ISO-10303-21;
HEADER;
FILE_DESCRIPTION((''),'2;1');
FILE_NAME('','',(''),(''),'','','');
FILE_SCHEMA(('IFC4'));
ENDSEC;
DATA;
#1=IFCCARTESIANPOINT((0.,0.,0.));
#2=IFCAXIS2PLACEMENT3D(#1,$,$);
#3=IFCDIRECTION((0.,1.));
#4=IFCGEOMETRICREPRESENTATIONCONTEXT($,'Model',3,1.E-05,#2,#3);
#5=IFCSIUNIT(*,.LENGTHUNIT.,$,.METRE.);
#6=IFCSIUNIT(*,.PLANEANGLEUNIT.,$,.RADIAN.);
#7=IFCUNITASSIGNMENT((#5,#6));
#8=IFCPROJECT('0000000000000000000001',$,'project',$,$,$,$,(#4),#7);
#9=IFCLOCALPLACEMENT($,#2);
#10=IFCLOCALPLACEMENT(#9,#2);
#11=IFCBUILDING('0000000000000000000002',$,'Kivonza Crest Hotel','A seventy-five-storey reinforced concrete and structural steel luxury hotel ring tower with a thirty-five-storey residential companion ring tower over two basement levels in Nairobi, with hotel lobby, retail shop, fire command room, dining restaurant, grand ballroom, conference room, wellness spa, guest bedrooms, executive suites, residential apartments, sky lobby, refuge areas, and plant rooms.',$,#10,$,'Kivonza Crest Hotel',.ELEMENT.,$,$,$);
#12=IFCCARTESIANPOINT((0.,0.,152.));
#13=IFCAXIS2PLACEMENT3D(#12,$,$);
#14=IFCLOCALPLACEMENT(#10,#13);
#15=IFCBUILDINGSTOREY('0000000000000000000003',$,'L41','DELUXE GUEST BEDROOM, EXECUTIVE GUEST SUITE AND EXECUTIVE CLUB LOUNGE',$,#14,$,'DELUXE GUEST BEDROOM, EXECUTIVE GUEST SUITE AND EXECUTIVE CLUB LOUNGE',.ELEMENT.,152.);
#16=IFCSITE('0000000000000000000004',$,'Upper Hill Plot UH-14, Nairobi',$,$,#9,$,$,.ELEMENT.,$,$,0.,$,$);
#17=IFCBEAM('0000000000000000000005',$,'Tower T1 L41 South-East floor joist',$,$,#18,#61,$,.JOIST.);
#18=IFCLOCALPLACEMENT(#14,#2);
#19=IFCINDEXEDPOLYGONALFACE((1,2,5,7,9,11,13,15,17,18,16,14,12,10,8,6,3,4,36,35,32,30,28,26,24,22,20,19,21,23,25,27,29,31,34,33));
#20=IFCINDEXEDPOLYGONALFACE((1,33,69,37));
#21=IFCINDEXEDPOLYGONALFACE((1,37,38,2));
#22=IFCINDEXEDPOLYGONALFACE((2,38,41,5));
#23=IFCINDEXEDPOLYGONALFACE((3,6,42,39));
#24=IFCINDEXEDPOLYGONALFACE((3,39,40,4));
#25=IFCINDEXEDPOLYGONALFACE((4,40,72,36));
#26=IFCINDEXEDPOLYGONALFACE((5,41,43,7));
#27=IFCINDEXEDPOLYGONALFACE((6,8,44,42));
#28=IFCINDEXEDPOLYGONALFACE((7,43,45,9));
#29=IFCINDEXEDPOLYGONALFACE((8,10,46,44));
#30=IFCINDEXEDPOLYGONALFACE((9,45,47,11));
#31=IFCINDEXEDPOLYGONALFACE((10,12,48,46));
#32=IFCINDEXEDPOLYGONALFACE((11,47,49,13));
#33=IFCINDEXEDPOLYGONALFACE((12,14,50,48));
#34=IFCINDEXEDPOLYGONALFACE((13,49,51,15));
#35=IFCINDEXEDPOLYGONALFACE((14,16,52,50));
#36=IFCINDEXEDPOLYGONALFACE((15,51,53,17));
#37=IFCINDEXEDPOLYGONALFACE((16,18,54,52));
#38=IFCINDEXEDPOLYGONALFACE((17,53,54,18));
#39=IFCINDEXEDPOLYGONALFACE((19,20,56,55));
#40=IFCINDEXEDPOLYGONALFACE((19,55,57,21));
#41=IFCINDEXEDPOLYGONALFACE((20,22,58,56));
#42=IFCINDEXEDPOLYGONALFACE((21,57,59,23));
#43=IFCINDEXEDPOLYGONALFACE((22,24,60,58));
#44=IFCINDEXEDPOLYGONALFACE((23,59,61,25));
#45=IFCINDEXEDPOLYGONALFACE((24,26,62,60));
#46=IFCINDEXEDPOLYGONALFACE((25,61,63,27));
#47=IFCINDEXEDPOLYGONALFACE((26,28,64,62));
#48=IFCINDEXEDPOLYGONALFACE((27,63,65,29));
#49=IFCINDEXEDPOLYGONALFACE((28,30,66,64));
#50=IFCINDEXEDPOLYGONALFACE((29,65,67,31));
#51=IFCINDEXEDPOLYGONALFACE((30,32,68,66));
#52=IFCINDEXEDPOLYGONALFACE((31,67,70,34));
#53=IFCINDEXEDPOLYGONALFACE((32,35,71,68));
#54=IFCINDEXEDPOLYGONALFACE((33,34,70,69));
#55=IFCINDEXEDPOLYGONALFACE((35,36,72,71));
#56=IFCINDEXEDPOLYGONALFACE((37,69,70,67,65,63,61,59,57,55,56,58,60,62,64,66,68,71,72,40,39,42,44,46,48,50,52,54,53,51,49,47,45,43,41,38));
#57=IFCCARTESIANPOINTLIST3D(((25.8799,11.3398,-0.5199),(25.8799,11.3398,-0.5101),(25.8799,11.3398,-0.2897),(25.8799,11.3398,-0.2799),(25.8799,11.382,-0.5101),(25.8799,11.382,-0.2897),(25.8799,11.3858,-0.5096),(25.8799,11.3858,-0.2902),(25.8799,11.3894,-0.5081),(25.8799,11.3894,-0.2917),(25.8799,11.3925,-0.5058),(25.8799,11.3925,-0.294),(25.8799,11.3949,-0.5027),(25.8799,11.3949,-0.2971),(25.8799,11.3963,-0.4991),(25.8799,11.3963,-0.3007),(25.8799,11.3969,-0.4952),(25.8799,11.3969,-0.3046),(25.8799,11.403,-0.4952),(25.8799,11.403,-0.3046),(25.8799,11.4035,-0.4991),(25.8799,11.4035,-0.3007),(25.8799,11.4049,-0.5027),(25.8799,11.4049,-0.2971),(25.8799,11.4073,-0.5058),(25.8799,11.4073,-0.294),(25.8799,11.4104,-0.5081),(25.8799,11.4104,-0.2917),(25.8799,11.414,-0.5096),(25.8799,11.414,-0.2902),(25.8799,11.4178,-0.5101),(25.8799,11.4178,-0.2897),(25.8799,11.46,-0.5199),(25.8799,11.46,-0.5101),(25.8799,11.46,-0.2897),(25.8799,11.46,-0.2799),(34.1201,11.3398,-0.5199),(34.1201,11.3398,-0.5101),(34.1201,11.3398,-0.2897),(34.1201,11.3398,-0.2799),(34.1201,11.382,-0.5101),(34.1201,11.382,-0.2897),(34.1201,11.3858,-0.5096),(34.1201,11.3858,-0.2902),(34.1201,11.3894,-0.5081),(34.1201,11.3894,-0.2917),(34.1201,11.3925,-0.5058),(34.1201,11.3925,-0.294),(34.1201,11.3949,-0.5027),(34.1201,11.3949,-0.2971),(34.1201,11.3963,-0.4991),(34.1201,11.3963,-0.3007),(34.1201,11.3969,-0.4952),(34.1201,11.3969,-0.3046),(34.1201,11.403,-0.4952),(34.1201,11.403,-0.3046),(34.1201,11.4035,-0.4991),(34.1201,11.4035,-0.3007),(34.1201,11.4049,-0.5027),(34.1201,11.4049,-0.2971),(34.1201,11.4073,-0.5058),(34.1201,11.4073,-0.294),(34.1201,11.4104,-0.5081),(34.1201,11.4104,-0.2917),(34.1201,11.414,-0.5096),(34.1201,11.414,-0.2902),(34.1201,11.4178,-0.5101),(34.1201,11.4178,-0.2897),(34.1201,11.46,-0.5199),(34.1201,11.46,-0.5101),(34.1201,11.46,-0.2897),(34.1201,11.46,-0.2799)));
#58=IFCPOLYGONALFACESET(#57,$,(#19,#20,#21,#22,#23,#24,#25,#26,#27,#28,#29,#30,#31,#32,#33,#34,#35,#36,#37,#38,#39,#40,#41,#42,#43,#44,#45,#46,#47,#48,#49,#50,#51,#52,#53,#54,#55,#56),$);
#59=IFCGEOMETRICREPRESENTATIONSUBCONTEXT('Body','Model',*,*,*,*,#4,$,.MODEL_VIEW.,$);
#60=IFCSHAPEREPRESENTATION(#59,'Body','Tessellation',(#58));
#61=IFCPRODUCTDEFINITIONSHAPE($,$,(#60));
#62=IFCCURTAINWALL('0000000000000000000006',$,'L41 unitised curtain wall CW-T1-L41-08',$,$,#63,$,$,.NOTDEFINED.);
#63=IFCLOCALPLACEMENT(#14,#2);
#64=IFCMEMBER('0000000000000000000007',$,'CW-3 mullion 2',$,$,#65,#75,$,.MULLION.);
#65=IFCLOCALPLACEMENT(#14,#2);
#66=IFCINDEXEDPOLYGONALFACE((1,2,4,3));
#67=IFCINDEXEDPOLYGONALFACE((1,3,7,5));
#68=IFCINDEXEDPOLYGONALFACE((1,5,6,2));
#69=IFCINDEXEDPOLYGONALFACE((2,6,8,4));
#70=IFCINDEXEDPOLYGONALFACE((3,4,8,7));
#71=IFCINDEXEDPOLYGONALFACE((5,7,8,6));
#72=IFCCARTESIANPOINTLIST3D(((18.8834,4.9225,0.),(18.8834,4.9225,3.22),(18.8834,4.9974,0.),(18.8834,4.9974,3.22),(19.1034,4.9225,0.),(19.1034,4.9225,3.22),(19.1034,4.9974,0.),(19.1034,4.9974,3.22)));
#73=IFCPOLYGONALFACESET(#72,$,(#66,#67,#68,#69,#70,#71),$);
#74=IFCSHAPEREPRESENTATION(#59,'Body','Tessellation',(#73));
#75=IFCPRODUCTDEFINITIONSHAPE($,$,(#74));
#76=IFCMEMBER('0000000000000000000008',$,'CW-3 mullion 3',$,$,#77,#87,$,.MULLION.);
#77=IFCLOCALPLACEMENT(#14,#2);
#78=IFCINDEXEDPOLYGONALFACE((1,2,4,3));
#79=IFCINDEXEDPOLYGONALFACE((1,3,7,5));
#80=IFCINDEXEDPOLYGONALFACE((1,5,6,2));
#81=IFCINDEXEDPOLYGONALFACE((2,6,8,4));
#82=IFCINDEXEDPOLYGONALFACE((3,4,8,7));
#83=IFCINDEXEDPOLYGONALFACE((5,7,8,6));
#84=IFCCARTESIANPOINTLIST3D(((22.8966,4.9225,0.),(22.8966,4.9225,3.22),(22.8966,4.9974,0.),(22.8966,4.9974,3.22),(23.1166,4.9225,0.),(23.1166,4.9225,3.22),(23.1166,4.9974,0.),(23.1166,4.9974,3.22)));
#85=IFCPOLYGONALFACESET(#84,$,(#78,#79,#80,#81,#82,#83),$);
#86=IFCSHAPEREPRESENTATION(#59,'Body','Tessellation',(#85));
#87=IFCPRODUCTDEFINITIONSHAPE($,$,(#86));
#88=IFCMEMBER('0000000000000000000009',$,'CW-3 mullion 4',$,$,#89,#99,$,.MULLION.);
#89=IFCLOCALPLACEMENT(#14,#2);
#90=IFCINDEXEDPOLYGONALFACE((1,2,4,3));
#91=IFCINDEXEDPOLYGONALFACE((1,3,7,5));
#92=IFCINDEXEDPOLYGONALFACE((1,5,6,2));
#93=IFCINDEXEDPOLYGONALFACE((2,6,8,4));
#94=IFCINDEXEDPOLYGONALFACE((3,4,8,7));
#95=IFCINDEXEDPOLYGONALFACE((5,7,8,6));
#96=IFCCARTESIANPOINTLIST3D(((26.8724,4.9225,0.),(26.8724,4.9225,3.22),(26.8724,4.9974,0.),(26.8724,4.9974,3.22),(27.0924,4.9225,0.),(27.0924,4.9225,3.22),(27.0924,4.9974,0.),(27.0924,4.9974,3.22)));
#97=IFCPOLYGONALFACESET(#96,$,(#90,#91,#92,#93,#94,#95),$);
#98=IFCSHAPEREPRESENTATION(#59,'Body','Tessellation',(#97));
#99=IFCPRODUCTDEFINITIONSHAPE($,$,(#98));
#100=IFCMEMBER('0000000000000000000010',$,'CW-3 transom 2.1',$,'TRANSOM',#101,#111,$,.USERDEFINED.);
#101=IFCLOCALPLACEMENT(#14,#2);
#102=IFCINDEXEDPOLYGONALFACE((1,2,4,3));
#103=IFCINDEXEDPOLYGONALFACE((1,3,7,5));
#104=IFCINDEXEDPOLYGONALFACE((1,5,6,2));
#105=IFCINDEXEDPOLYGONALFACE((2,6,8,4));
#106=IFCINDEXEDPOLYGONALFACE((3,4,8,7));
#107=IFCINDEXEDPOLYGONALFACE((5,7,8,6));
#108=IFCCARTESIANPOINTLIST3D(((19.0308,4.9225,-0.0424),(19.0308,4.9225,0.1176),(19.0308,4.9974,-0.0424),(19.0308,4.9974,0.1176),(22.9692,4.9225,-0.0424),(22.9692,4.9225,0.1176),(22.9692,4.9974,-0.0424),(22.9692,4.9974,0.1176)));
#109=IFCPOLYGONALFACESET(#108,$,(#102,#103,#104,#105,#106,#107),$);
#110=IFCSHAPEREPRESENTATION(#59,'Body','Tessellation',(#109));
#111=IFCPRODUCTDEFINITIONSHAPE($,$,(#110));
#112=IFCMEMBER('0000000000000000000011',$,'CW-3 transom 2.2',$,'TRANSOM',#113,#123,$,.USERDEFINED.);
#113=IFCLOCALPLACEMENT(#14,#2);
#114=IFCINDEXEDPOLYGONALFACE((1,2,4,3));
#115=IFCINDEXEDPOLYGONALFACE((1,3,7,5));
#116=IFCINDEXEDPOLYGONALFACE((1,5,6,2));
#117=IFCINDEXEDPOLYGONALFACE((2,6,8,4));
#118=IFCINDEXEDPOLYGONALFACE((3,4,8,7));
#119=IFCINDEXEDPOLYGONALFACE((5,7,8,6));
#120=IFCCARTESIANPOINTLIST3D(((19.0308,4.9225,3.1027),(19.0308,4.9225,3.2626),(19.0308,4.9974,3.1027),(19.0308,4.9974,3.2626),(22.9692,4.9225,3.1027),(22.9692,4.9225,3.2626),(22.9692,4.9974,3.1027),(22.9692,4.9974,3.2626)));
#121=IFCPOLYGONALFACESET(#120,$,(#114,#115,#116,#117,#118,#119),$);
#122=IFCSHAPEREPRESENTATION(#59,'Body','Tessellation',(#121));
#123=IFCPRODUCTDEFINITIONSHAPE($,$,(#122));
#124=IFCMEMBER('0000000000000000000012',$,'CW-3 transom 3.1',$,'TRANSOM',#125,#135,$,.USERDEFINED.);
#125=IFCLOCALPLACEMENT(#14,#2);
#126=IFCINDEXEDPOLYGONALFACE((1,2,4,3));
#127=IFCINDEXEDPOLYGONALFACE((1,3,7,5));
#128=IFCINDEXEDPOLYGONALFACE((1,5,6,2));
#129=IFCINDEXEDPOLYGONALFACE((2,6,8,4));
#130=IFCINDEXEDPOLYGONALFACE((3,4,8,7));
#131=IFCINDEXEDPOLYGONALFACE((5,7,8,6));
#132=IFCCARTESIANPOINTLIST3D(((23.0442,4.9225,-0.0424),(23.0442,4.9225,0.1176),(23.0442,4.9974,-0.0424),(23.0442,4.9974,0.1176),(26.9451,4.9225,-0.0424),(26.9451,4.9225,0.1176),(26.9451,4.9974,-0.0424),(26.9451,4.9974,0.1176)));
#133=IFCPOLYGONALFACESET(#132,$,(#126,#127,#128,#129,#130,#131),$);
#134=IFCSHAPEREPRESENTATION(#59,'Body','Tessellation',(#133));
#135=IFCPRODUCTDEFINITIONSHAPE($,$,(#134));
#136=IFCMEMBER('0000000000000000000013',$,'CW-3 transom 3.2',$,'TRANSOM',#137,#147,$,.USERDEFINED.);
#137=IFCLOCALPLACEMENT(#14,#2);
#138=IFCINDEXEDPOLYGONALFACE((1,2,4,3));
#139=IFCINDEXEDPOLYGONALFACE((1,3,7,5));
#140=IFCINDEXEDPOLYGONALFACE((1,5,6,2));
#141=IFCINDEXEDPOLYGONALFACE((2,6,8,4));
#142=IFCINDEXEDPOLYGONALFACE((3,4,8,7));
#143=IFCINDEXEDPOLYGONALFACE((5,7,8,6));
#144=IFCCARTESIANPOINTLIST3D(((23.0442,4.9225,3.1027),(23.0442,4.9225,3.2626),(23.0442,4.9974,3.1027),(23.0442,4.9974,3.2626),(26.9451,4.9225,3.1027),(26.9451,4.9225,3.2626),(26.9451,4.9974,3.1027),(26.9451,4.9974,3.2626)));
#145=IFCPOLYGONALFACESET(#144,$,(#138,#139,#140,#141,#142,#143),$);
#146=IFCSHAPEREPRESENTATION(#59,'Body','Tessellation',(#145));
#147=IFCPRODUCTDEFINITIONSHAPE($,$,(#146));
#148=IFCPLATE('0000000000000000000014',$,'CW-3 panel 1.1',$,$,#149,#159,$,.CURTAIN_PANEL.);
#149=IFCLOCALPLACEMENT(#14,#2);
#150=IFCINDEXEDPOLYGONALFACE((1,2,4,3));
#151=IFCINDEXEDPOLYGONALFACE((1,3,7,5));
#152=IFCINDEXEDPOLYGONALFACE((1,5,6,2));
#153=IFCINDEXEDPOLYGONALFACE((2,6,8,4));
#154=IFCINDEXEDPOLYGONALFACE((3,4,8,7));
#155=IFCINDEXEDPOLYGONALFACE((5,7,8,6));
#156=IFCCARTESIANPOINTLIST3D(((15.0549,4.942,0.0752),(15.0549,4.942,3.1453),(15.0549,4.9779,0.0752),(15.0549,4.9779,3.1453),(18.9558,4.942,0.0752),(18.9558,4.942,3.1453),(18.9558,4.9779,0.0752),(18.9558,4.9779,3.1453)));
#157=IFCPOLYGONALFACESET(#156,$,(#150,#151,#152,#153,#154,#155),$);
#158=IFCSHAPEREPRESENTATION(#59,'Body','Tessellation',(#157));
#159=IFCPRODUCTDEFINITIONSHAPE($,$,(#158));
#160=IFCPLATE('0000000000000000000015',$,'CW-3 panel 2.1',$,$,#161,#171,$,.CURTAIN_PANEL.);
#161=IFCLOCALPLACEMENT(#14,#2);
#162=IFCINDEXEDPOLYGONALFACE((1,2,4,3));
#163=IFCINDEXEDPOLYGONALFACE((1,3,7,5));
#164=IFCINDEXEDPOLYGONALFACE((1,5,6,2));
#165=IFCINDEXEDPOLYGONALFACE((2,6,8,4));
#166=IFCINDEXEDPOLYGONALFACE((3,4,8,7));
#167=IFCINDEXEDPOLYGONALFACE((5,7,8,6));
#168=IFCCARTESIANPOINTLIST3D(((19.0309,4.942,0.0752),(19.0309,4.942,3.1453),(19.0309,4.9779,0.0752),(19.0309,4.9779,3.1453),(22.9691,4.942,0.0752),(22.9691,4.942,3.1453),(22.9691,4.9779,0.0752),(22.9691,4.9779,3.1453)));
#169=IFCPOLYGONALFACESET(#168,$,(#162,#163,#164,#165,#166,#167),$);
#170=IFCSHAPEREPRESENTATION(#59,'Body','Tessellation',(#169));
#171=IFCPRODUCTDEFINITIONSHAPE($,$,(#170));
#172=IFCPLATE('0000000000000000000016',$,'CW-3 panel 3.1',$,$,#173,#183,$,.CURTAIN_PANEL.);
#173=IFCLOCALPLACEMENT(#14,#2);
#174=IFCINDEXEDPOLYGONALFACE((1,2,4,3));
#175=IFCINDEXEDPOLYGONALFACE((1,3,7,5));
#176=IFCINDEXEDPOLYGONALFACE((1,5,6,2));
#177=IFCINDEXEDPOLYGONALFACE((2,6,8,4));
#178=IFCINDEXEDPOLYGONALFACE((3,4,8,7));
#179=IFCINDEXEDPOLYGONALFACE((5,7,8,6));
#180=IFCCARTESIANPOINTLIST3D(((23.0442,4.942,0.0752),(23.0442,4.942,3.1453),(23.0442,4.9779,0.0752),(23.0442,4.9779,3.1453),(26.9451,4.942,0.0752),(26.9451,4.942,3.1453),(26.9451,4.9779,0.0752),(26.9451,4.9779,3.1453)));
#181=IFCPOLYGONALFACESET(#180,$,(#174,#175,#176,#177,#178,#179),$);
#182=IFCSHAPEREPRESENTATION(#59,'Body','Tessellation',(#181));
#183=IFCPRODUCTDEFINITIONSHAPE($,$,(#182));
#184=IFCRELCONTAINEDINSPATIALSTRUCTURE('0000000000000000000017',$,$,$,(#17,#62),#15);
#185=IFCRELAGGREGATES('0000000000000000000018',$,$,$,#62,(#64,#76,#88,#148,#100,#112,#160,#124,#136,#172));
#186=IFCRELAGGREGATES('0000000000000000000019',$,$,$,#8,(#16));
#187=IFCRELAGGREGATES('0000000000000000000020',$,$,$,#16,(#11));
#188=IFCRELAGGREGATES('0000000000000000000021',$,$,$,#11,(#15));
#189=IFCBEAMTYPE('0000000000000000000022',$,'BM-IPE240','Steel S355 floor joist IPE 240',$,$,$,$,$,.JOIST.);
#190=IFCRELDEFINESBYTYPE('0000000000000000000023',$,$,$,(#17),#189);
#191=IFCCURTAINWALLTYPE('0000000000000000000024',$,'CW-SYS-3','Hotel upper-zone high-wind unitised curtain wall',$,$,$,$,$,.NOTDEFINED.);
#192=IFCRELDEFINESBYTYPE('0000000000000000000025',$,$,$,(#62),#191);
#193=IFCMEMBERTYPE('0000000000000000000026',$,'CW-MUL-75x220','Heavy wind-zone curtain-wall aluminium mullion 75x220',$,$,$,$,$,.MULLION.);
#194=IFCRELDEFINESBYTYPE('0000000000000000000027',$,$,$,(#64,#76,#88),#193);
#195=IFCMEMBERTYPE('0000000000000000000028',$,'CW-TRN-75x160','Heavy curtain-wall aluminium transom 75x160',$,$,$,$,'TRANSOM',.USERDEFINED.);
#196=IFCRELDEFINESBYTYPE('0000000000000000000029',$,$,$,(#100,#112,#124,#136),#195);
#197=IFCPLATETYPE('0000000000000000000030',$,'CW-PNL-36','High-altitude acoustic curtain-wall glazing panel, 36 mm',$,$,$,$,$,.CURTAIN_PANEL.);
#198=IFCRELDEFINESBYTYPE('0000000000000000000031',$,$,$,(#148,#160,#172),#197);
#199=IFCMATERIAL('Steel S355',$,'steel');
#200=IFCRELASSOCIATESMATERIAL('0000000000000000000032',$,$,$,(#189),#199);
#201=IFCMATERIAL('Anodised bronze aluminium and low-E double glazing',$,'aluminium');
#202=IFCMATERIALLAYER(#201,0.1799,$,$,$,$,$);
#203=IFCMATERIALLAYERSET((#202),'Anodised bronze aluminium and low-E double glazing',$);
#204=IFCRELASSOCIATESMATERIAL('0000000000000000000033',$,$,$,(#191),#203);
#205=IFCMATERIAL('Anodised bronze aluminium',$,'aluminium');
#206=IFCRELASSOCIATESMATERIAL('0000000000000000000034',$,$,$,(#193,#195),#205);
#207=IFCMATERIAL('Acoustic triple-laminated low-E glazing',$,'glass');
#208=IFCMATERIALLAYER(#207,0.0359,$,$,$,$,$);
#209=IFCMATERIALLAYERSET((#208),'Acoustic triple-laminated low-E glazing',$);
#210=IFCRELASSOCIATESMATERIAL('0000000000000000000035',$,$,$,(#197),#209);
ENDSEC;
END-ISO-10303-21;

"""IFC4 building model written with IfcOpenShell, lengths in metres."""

from ifc_helpers import new_model, si_unit, direction, frame, origin, origin_2d, place, context, subcontext, project, spatial, rectangle, i_section, extrude, material, layer, layer_set, material_profile, profile_set, type_object, element, aggregate, save


model = new_model("IFC4")

# Units and contexts
model_context = context("Model", 3, precision=1e-05, world=origin(), true_north=direction((0.0, 1.0)))
body_context = subcontext(model_context, "Body", "Model", "MODEL_VIEW")
ifc_project = project(units=[si_unit("LENGTHUNIT", "METRE"), si_unit("PLANEANGLEUNIT", "RADIAN")], contexts=[model_context])

# Site, building, storey
site_placement = place(None, origin())
site = spatial("IfcSite", under=ifc_project, at=site_placement, Name="Upper Hill Plot UH-14, Nairobi", CompositionType="ELEMENT", RefElevation=0.0)
building_placement = place(site_placement, origin())
building = spatial("IfcBuilding", under=site, at=building_placement, Name="Kivonza Crest Hotel", Description="A seventy-five-storey reinforced concrete and structural steel luxury hotel ring tower with a thirty-five-storey residential companion ring tower over two basement levels in Nairobi, with hotel lobby, retail shop, fire command room, dining restaurant, grand ballroom, conference room, wellness spa, guest bedrooms, executive suites, residential apartments, sky lobby, refuge areas, and plant rooms.", LongName="Kivonza Crest Hotel", CompositionType="ELEMENT")
storey_placement = place(building_placement, frame((0.0, 0.0, 152.0)))
storey = spatial("IfcBuildingStorey", under=building, at=storey_placement, Name="L41", Description="DELUXE GUEST BEDROOM, EXECUTIVE GUEST SUITE AND EXECUTIVE CLUB LOUNGE", LongName="DELUXE GUEST BEDROOM, EXECUTIVE GUEST SUITE AND EXECUTIVE CLUB LOUNGE", CompositionType="ELEMENT", Elevation=152.0)

# Beam
ifc_material_1 = material(Name="Steel S355", Category="steel")
ifc_material_profile_1 = material_profile(ifc_material_1, i_section(OverallWidth=0.1201, OverallDepth=0.24, WebThickness=0.0061, FlangeThickness=0.0098, FilletRadius=0.0149, at=origin_2d()), Name="IPE 240")
ifc_profile_set_1 = profile_set([ifc_material_profile_1], Name="Steel S355")
beam_type_1 = type_object("IfcBeamType", Name="BM-IPE240", Description="Steel S355 floor joist IPE 240", PredefinedType="JOIST", material=ifc_profile_set_1)
beam_1_placement = place(storey_placement, frame((25.8799, 11.3999, -0.3999), z_axis=(1.0, 0.0, 0.0), x_axis=(0.0, 1.0, 0.0)))
element("IfcBeam", 1, at=beam_1_placement, inside=storey, type_object=beam_type_1, Name="Tower T1 L41 South-East floor joist", PredefinedType="JOIST", context=body_context, shape_type="SweptSolid", body=[
    extrude(i_section(OverallWidth=0.1201, OverallDepth=0.24, WebThickness=0.0061, FlangeThickness=0.0098, FilletRadius=0.0149, at=origin_2d()), origin(), (0.0, 0.0, 1.0), 8.2402),
])

# Curtain wall, members, plates
ifc_material_2 = material(Name="Anodised bronze aluminium and low-E double glazing", Category="aluminium")
ifc_layer_1 = layer(ifc_material_2, 0.1799)
ifc_layer_set_1 = layer_set([ifc_layer_1], Name="Anodised bronze aluminium and low-E double glazing")
curtain_wall_type = type_object("IfcCurtainWallType", Name="CW-SYS-3", Description="Hotel upper-zone high-wind unitised curtain wall", PredefinedType="NOTDEFINED", material=ifc_layer_set_1)
curtain_wall_placement = place(storey_placement, origin())
curtain_wall = element("IfcCurtainWall", 2, at=curtain_wall_placement, inside=storey, type_object=curtain_wall_type, Name="L41 unitised curtain wall CW-T1-L41-08", PredefinedType="NOTDEFINED")
ifc_material_3 = material(Name="Anodised bronze aluminium", Category="aluminium")
ifc_material_profile_2 = material_profile(ifc_material_3, rectangle(XDim=0.075, YDim=0.22, at=origin_2d()), Name="CW-M 75x220")
ifc_profile_set_2 = profile_set([ifc_material_profile_2], Name="Anodised bronze aluminium")
member_type_1 = type_object("IfcMemberType", Name="CW-MUL-75x220", Description="Heavy wind-zone curtain-wall aluminium mullion 75x220", PredefinedType="MULLION", material=ifc_profile_set_2)
member_1_placement = place(storey_placement, frame((18.9934, 4.96, 0.0), z_axis=(0.0, 0.0, 1.0), x_axis=(0.0, 1.0, 0.0)))
member_1 = element("IfcMember", 3, at=member_1_placement, type_object=member_type_1, Name="CW-3 mullion 2", PredefinedType="MULLION", context=body_context, shape_type="SweptSolid", body=[
    extrude(rectangle(XDim=0.075, YDim=0.22, at=origin_2d()), origin(), (0.0, 0.0, 1.0), 3.22),
])
member_2_placement = place(storey_placement, frame((23.0066, 4.96, 0.0), z_axis=(0.0, 0.0, 1.0), x_axis=(0.0, 1.0, 0.0)))
member_2 = element("IfcMember", 4, at=member_2_placement, type_object=member_type_1, Name="CW-3 mullion 3", PredefinedType="MULLION", context=body_context, shape_type="SweptSolid", body=[
    extrude(rectangle(XDim=0.075, YDim=0.22, at=origin_2d()), origin(), (0.0, 0.0, 1.0), 3.22),
])
member_3_placement = place(storey_placement, frame((26.9824, 4.96, 0.0), z_axis=(0.0, 0.0, 1.0), x_axis=(0.0, 1.0, 0.0)))
member_3 = element("IfcMember", 5, at=member_3_placement, type_object=member_type_1, Name="CW-3 mullion 4", PredefinedType="MULLION", context=body_context, shape_type="SweptSolid", body=[
    extrude(rectangle(XDim=0.075, YDim=0.22, at=origin_2d()), origin(), (0.0, 0.0, 1.0), 3.22),
])
ifc_material_profile_3 = material_profile(ifc_material_3, rectangle(XDim=0.075, YDim=0.1599, at=origin_2d()), Name="CW-T 75x160")
ifc_profile_set_3 = profile_set([ifc_material_profile_3], Name="Anodised bronze aluminium")
member_type_2 = type_object("IfcMemberType", Name="CW-TRN-75x160", Description="Heavy curtain-wall aluminium transom 75x160", ElementType="TRANSOM", PredefinedType="USERDEFINED", material=ifc_profile_set_3)
member_4_placement = place(storey_placement, frame((19.0308, 4.96, 0.0376), z_axis=(1.0, 0.0, 0.0), x_axis=(0.0, 1.0, 0.0)))
member_4 = element("IfcMember", 6, at=member_4_placement, type_object=member_type_2, Name="CW-3 transom 2.1", ObjectType="TRANSOM", PredefinedType="USERDEFINED", context=body_context, shape_type="SweptSolid", body=[
    extrude(rectangle(XDim=0.075, YDim=0.1599, at=origin_2d()), origin(), (0.0, 0.0, 1.0), 3.9385),
])
member_5_placement = place(storey_placement, frame((19.0308, 4.96, 3.1826), z_axis=(1.0, 0.0, 0.0), x_axis=(0.0, 1.0, 0.0)))
member_5 = element("IfcMember", 7, at=member_5_placement, type_object=member_type_2, Name="CW-3 transom 2.2", ObjectType="TRANSOM", PredefinedType="USERDEFINED", context=body_context, shape_type="SweptSolid", body=[
    extrude(rectangle(XDim=0.075, YDim=0.1599, at=origin_2d()), origin(), (0.0, 0.0, 1.0), 3.9385),
])
member_6_placement = place(storey_placement, frame((23.0442, 4.96, 0.0376), z_axis=(1.0, 0.0, 0.0), x_axis=(0.0, 1.0, 0.0)))
member_6 = element("IfcMember", 8, at=member_6_placement, type_object=member_type_2, Name="CW-3 transom 3.1", ObjectType="TRANSOM", PredefinedType="USERDEFINED", context=body_context, shape_type="SweptSolid", body=[
    extrude(rectangle(XDim=0.075, YDim=0.1599, at=origin_2d()), origin(), (0.0, 0.0, 1.0), 3.9009),
])
member_7_placement = place(storey_placement, frame((23.0442, 4.96, 3.1826), z_axis=(1.0, 0.0, 0.0), x_axis=(0.0, 1.0, 0.0)))
member_7 = element("IfcMember", 9, at=member_7_placement, type_object=member_type_2, Name="CW-3 transom 3.2", ObjectType="TRANSOM", PredefinedType="USERDEFINED", context=body_context, shape_type="SweptSolid", body=[
    extrude(rectangle(XDim=0.075, YDim=0.1599, at=origin_2d()), origin(), (0.0, 0.0, 1.0), 3.9009),
])
ifc_material_4 = material(Name="Acoustic triple-laminated low-E glazing", Category="glass")
ifc_layer_2 = layer(ifc_material_4, 0.0359)
ifc_layer_set_2 = layer_set([ifc_layer_2], Name="Acoustic triple-laminated low-E glazing")
plate_type = type_object("IfcPlateType", Name="CW-PNL-36", Description="High-altitude acoustic curtain-wall glazing panel, 36 mm", PredefinedType="CURTAIN_PANEL", material=ifc_layer_set_2)
plate_1_placement = place(storey_placement, frame((17.0054, 4.96, 0.0752), z_axis=(0.0, 0.0, 1.0), x_axis=(1.0, 0.0, 0.0)))
plate_1 = element("IfcPlate", 10, at=plate_1_placement, type_object=plate_type, Name="CW-3 panel 1.1", PredefinedType="CURTAIN_PANEL", context=body_context, shape_type="SweptSolid", body=[
    extrude(rectangle(XDim=3.9009, YDim=0.0359, at=origin_2d()), origin(), (0.0, 0.0, 1.0), 3.0701),
])
plate_2_placement = place(storey_placement, frame((21.0, 4.96, 0.0752), z_axis=(0.0, 0.0, 1.0), x_axis=(1.0, 0.0, 0.0)))
plate_2 = element("IfcPlate", 11, at=plate_2_placement, type_object=plate_type, Name="CW-3 panel 2.1", PredefinedType="CURTAIN_PANEL", context=body_context, shape_type="SweptSolid", body=[
    extrude(rectangle(XDim=3.9382, YDim=0.0359, at=origin_2d()), origin(), (0.0, 0.0, 1.0), 3.0701),
])
plate_3_placement = place(storey_placement, frame((24.9946, 4.96, 0.0752), z_axis=(0.0, 0.0, 1.0), x_axis=(1.0, 0.0, 0.0)))
plate_3 = element("IfcPlate", 12, at=plate_3_placement, type_object=plate_type, Name="CW-3 panel 3.1", PredefinedType="CURTAIN_PANEL", context=body_context, shape_type="SweptSolid", body=[
    extrude(rectangle(XDim=3.9009, YDim=0.0359, at=origin_2d()), origin(), (0.0, 0.0, 1.0), 3.0701),
])
aggregate(curtain_wall, [member_1, member_2, member_3, plate_1, member_4, member_5, plate_2, member_6, member_7, plate_3])

save(model, "model.ifc")
